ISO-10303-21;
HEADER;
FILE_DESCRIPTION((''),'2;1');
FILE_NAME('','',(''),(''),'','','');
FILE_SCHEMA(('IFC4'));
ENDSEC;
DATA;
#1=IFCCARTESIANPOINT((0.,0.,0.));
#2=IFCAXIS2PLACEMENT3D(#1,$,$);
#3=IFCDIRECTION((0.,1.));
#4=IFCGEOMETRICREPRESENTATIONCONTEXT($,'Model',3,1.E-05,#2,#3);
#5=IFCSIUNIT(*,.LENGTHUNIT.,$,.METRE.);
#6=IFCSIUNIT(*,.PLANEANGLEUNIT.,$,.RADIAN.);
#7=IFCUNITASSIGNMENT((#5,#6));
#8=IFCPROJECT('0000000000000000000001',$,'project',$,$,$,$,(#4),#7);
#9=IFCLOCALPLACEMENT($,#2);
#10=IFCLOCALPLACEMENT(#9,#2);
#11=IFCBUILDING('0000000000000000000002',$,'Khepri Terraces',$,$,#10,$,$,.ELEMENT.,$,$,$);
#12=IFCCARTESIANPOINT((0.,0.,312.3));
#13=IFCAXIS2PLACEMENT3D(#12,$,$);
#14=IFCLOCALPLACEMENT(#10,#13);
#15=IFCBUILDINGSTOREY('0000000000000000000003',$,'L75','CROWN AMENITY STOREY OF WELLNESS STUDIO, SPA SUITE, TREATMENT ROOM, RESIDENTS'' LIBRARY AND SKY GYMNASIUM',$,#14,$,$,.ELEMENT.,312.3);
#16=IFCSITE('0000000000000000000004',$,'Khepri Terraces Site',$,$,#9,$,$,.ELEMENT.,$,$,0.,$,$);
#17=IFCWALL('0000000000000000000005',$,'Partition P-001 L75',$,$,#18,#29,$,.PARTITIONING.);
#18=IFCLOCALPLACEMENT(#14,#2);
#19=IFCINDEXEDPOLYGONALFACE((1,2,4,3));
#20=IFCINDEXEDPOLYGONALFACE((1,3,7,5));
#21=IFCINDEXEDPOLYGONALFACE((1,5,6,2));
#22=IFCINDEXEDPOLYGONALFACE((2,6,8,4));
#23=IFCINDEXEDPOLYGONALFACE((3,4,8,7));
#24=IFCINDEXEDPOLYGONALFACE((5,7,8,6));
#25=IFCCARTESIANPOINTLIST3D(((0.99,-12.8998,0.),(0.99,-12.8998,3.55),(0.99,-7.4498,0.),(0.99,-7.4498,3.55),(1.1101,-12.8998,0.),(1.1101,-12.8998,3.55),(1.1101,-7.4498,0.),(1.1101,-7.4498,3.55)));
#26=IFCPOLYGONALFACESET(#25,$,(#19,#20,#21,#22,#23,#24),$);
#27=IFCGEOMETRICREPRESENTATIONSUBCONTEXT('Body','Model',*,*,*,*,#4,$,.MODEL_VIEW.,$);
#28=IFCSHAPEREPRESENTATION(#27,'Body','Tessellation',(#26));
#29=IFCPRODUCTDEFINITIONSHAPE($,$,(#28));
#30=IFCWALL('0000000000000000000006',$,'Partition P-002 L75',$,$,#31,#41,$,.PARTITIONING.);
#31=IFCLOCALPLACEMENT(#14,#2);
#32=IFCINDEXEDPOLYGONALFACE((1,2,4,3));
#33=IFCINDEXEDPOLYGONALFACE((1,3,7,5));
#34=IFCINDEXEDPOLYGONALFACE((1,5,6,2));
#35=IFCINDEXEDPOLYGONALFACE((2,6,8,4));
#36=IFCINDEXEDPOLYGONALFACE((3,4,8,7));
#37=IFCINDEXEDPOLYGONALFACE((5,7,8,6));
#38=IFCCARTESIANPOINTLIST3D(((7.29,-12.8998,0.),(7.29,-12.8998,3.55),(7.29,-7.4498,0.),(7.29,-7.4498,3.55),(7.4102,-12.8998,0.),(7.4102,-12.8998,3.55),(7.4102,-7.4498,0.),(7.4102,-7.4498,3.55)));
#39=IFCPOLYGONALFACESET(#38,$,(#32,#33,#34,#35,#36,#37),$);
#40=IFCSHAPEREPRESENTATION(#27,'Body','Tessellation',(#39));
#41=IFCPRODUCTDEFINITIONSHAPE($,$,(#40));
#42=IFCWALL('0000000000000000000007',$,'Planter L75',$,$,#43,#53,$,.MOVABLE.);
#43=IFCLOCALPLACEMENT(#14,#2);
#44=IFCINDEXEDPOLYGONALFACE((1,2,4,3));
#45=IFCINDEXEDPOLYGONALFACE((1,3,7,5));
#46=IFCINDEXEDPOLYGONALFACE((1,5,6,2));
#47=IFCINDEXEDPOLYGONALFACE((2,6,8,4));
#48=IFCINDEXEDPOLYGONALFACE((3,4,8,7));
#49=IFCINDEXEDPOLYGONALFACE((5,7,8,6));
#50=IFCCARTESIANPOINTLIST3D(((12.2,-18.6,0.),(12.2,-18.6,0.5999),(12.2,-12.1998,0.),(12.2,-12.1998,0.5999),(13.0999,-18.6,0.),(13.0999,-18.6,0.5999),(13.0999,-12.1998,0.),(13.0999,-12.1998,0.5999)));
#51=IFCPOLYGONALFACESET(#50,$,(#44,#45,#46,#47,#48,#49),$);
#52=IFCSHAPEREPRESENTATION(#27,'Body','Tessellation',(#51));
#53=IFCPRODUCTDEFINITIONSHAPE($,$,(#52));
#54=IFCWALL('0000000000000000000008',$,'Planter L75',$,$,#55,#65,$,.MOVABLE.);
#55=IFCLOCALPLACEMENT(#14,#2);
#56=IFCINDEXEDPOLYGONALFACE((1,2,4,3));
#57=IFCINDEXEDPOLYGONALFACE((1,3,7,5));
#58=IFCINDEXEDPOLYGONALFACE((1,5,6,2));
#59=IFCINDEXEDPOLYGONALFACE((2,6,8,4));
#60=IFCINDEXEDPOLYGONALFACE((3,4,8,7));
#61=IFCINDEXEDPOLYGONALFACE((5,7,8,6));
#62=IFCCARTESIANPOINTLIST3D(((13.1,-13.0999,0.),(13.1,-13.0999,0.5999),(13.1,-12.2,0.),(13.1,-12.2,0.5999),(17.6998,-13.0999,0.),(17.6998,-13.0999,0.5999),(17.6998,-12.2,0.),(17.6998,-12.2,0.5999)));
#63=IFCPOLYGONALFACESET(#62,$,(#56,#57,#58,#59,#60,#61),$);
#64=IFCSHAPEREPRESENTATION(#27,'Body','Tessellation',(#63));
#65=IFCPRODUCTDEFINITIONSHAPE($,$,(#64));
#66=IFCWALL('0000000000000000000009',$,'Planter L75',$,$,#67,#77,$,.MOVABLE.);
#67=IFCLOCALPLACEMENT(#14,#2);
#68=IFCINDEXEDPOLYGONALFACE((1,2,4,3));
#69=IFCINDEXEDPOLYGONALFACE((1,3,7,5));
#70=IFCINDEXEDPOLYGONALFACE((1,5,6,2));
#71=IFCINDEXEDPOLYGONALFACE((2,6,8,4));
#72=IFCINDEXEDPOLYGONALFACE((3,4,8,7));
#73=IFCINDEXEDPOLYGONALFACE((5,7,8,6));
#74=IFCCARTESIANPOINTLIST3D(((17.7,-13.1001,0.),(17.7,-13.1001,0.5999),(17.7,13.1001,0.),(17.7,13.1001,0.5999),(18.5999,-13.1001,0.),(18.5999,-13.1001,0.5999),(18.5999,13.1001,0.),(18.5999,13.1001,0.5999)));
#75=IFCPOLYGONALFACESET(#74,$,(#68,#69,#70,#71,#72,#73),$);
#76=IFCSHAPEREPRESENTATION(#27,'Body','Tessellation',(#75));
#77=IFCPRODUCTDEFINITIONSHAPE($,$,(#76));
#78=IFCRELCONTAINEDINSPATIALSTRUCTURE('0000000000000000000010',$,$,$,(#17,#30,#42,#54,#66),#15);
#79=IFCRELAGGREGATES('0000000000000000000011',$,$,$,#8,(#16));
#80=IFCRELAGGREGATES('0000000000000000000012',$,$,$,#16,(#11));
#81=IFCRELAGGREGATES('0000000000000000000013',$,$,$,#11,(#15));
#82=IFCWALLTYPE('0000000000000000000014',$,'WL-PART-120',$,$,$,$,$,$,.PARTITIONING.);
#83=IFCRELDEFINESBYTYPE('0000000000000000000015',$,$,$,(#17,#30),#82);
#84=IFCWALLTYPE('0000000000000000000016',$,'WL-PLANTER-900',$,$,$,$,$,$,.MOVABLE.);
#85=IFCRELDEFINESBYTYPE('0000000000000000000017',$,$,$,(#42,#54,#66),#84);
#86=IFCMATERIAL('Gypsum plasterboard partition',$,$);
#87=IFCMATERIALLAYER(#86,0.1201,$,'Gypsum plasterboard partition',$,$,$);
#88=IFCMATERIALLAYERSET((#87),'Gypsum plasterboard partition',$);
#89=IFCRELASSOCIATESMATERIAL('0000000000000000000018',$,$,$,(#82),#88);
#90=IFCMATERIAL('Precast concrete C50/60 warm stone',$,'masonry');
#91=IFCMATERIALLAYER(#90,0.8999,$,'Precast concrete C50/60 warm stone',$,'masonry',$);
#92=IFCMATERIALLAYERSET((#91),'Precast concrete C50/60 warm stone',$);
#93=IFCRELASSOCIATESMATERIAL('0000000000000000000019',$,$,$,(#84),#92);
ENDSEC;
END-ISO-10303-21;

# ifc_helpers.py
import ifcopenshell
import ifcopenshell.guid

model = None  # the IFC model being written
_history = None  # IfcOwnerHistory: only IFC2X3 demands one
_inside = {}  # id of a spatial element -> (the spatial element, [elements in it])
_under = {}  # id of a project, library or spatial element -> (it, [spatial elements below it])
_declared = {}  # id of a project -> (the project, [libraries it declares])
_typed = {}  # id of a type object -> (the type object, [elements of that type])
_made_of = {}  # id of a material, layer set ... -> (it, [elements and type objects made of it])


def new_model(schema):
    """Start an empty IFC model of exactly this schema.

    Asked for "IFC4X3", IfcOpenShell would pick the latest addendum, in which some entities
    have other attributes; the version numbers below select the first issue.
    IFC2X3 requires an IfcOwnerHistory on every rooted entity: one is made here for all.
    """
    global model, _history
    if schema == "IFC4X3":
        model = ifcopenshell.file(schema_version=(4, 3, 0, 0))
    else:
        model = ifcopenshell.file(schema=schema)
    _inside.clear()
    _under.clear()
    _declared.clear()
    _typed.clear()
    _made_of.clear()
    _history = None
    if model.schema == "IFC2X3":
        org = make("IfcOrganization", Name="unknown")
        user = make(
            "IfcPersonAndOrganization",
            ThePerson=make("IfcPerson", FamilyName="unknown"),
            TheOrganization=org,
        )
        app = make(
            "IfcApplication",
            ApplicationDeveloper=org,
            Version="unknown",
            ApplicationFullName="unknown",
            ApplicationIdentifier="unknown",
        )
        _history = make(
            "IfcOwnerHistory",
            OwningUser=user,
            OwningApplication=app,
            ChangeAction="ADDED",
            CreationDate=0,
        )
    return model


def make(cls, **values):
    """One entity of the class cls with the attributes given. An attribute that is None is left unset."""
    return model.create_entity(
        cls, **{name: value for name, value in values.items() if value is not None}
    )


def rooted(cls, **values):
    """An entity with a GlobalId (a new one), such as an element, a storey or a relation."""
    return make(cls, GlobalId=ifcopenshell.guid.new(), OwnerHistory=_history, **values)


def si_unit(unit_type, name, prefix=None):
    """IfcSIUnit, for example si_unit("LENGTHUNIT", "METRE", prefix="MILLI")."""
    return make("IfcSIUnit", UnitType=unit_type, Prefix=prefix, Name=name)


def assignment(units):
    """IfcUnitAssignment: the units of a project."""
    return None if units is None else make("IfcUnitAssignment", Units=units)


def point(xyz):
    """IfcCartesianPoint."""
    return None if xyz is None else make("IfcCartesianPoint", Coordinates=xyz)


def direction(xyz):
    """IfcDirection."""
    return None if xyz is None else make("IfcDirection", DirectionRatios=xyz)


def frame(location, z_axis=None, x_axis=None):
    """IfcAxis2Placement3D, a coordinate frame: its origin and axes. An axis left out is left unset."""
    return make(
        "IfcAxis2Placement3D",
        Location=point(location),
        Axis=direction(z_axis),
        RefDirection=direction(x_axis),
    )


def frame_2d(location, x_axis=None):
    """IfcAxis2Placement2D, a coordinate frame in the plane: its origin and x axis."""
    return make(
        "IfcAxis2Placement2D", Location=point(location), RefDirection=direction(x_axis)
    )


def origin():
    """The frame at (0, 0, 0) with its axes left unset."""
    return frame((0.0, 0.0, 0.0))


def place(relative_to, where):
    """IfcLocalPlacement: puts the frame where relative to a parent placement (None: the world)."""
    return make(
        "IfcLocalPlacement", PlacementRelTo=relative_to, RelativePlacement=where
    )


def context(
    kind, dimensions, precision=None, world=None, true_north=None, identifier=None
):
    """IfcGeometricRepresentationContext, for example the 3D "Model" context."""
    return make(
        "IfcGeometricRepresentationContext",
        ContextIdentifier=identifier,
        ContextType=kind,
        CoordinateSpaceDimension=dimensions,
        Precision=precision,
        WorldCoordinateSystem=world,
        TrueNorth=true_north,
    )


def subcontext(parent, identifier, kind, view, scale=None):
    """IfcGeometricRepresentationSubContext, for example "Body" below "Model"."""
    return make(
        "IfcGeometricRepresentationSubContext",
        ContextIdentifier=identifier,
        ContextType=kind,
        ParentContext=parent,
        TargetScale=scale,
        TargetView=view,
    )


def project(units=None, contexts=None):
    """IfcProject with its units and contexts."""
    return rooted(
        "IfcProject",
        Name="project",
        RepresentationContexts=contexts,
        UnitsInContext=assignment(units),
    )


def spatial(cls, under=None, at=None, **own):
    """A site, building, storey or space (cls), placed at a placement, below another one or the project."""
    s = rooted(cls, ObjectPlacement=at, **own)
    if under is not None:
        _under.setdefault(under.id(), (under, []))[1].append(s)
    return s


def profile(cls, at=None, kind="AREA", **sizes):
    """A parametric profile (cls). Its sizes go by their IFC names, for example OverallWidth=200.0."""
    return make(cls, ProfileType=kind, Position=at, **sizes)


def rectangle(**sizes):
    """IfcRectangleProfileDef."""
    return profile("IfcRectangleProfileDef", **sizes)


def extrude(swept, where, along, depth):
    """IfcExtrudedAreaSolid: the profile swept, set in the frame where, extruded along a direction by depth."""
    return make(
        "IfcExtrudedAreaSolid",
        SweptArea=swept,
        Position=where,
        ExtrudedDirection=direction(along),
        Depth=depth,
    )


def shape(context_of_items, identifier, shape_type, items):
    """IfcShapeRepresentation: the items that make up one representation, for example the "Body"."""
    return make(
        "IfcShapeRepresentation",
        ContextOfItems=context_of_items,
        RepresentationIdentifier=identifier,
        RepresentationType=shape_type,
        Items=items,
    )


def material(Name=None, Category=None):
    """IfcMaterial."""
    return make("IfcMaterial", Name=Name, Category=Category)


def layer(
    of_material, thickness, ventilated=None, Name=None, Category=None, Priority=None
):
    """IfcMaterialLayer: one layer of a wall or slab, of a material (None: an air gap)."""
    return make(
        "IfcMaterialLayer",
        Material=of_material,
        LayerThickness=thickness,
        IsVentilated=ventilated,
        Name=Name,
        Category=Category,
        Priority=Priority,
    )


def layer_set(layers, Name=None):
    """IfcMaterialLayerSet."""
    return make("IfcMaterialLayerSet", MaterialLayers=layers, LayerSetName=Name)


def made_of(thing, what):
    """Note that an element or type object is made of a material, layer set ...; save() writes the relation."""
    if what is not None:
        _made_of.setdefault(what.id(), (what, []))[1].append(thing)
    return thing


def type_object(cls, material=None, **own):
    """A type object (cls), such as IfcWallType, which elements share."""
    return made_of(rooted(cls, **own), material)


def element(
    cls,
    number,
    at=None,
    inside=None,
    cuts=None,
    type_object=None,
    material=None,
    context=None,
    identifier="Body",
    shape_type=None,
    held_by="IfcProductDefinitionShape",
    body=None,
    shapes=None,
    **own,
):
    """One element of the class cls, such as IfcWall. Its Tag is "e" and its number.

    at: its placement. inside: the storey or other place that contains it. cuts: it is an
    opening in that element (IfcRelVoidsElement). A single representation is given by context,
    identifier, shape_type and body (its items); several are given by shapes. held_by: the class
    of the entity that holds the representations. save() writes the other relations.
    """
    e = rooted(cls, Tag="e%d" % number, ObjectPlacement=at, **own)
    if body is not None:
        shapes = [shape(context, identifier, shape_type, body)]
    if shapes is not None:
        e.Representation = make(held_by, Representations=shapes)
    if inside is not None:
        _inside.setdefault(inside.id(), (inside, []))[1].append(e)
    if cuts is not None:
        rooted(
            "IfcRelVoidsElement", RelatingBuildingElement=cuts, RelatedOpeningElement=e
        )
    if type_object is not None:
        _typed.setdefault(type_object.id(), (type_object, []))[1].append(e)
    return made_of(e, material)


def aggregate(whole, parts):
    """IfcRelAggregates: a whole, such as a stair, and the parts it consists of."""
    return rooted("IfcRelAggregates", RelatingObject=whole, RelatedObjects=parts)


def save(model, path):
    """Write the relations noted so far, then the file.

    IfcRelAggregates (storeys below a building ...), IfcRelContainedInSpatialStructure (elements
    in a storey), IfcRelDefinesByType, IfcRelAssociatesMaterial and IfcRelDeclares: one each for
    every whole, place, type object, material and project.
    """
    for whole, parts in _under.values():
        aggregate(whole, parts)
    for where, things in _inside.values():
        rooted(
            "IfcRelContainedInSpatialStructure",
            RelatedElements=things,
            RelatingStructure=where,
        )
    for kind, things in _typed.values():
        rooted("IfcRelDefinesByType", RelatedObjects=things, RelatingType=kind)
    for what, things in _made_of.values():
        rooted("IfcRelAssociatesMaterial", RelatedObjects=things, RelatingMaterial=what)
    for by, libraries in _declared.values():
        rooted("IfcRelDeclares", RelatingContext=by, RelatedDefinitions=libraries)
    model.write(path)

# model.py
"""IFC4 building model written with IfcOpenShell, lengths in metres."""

from ifc_helpers import new_model, si_unit, direction, frame, frame_2d, origin, place, context, subcontext, project, spatial, rectangle, extrude, material, layer, layer_set, type_object, element, save


model = new_model("IFC4")

# Units and contexts
model_context = context("Model", 3, precision=1e-05, world=origin(), true_north=direction((0.0, 1.0)))
body_context = subcontext(model_context, "Body", "Model", "MODEL_VIEW")
ifc_project = project(units=[si_unit("LENGTHUNIT", "METRE"), si_unit("PLANEANGLEUNIT", "RADIAN")], contexts=[model_context])

# Site, building, storey
site_placement = place(None, origin())
site = spatial("IfcSite", under=ifc_project, at=site_placement, Name="Khepri Terraces Site", CompositionType="ELEMENT", RefElevation=0.0)
building_placement = place(site_placement, origin())
building = spatial("IfcBuilding", under=site, at=building_placement, Name="Khepri Terraces", CompositionType="ELEMENT")
storey_placement = place(building_placement, frame((0.0, 0.0, 312.3)))
storey = spatial("IfcBuildingStorey", under=building, at=storey_placement, Name="L75", Description="CROWN AMENITY STOREY OF WELLNESS STUDIO, SPA SUITE, TREATMENT ROOM, RESIDENTS' LIBRARY AND SKY GYMNASIUM", CompositionType="ELEMENT", Elevation=312.3)

# Shared definitions
ifc_material_1 = material(Name="Precast concrete C50/60 warm stone", Category="masonry")

# Walls
ifc_material_2 = material(Name="Gypsum plasterboard partition")
ifc_layer_1 = layer(ifc_material_2, 0.1201, Name="Gypsum plasterboard partition")
ifc_layer_set_1 = layer_set([ifc_layer_1], Name="Gypsum plasterboard partition")
wall_type_1 = type_object("IfcWallType", Name="WL-PART-120", PredefinedType="PARTITIONING", material=ifc_layer_set_1)
for number, where, z_axis, x_axis, name in (
    (1, (1.05, -12.8999, 0.0), (0.0, 0.0, 1.0), (0.0, 1.0, 0.0), "Partition P-001 L75"),
    (2, (7.3501, -12.8999, 0.0), (0.0, 0.0, 1.0), (0.0, 1.0, 0.0), "Partition P-002 L75"),
):
    element("IfcWall", number, at=place(storey_placement, frame(where, z_axis=z_axis, x_axis=x_axis)), inside=storey, type_object=wall_type_1, Name=name, PredefinedType="PARTITIONING", context=body_context, shape_type="SweptSolid", body=[
        extrude(rectangle(XDim=5.45, YDim=0.1201, at=frame_2d((2.7251, 0.0))), origin(), (0.0, 0.0, 1.0), 3.55),
    ])
ifc_layer_2 = layer(ifc_material_1, 0.8999, Name="Precast concrete C50/60 warm stone", Category="masonry")
ifc_layer_set_2 = layer_set([ifc_layer_2], Name="Precast concrete C50/60 warm stone")
wall_type_2 = type_object("IfcWallType", Name="WL-PLANTER-900", PredefinedType="MOVABLE", material=ifc_layer_set_2)
wall_1_placement = place(storey_placement, frame((12.6499, -18.6001, 0.0), z_axis=(0.0, 0.0, 1.0), x_axis=(0.0, 1.0, 0.0)))
element("IfcWall", 3, at=wall_1_placement, inside=storey, type_object=wall_type_2, Name="Planter L75", PredefinedType="MOVABLE", context=body_context, shape_type="SweptSolid", body=[
    extrude(rectangle(XDim=6.4001, YDim=0.8999, at=frame_2d((3.2002, 0.0))), origin(), (0.0, 0.0, 1.0), 0.5999),
])
wall_2_placement = place(storey_placement, frame((13.1001, -12.6499, 0.0), z_axis=(0.0, 0.0, 1.0), x_axis=(1.0, 0.0, 0.0)))
element("IfcWall", 4, at=wall_2_placement, inside=storey, type_object=wall_type_2, Name="Planter L75", PredefinedType="MOVABLE", context=body_context, shape_type="SweptSolid", body=[
    extrude(rectangle(XDim=4.5999, YDim=0.8999, at=frame_2d((2.2998, 0.0))), origin(), (0.0, 0.0, 1.0), 0.5999),
])
wall_3_placement = place(storey_placement, frame((18.1499, -13.1001, 0.0), z_axis=(0.0, 0.0, 1.0), x_axis=(0.0, 1.0, 0.0)))
element("IfcWall", 5, at=wall_3_placement, inside=storey, type_object=wall_type_2, Name="Planter L75", PredefinedType="MOVABLE", context=body_context, shape_type="SweptSolid", body=[
    extrude(rectangle(XDim=26.2002, YDim=0.8999, at=frame_2d((13.1001, 0.0))), origin(), (0.0, 0.0, 1.0), 0.5999),
])

save(model, "model.ifc")
